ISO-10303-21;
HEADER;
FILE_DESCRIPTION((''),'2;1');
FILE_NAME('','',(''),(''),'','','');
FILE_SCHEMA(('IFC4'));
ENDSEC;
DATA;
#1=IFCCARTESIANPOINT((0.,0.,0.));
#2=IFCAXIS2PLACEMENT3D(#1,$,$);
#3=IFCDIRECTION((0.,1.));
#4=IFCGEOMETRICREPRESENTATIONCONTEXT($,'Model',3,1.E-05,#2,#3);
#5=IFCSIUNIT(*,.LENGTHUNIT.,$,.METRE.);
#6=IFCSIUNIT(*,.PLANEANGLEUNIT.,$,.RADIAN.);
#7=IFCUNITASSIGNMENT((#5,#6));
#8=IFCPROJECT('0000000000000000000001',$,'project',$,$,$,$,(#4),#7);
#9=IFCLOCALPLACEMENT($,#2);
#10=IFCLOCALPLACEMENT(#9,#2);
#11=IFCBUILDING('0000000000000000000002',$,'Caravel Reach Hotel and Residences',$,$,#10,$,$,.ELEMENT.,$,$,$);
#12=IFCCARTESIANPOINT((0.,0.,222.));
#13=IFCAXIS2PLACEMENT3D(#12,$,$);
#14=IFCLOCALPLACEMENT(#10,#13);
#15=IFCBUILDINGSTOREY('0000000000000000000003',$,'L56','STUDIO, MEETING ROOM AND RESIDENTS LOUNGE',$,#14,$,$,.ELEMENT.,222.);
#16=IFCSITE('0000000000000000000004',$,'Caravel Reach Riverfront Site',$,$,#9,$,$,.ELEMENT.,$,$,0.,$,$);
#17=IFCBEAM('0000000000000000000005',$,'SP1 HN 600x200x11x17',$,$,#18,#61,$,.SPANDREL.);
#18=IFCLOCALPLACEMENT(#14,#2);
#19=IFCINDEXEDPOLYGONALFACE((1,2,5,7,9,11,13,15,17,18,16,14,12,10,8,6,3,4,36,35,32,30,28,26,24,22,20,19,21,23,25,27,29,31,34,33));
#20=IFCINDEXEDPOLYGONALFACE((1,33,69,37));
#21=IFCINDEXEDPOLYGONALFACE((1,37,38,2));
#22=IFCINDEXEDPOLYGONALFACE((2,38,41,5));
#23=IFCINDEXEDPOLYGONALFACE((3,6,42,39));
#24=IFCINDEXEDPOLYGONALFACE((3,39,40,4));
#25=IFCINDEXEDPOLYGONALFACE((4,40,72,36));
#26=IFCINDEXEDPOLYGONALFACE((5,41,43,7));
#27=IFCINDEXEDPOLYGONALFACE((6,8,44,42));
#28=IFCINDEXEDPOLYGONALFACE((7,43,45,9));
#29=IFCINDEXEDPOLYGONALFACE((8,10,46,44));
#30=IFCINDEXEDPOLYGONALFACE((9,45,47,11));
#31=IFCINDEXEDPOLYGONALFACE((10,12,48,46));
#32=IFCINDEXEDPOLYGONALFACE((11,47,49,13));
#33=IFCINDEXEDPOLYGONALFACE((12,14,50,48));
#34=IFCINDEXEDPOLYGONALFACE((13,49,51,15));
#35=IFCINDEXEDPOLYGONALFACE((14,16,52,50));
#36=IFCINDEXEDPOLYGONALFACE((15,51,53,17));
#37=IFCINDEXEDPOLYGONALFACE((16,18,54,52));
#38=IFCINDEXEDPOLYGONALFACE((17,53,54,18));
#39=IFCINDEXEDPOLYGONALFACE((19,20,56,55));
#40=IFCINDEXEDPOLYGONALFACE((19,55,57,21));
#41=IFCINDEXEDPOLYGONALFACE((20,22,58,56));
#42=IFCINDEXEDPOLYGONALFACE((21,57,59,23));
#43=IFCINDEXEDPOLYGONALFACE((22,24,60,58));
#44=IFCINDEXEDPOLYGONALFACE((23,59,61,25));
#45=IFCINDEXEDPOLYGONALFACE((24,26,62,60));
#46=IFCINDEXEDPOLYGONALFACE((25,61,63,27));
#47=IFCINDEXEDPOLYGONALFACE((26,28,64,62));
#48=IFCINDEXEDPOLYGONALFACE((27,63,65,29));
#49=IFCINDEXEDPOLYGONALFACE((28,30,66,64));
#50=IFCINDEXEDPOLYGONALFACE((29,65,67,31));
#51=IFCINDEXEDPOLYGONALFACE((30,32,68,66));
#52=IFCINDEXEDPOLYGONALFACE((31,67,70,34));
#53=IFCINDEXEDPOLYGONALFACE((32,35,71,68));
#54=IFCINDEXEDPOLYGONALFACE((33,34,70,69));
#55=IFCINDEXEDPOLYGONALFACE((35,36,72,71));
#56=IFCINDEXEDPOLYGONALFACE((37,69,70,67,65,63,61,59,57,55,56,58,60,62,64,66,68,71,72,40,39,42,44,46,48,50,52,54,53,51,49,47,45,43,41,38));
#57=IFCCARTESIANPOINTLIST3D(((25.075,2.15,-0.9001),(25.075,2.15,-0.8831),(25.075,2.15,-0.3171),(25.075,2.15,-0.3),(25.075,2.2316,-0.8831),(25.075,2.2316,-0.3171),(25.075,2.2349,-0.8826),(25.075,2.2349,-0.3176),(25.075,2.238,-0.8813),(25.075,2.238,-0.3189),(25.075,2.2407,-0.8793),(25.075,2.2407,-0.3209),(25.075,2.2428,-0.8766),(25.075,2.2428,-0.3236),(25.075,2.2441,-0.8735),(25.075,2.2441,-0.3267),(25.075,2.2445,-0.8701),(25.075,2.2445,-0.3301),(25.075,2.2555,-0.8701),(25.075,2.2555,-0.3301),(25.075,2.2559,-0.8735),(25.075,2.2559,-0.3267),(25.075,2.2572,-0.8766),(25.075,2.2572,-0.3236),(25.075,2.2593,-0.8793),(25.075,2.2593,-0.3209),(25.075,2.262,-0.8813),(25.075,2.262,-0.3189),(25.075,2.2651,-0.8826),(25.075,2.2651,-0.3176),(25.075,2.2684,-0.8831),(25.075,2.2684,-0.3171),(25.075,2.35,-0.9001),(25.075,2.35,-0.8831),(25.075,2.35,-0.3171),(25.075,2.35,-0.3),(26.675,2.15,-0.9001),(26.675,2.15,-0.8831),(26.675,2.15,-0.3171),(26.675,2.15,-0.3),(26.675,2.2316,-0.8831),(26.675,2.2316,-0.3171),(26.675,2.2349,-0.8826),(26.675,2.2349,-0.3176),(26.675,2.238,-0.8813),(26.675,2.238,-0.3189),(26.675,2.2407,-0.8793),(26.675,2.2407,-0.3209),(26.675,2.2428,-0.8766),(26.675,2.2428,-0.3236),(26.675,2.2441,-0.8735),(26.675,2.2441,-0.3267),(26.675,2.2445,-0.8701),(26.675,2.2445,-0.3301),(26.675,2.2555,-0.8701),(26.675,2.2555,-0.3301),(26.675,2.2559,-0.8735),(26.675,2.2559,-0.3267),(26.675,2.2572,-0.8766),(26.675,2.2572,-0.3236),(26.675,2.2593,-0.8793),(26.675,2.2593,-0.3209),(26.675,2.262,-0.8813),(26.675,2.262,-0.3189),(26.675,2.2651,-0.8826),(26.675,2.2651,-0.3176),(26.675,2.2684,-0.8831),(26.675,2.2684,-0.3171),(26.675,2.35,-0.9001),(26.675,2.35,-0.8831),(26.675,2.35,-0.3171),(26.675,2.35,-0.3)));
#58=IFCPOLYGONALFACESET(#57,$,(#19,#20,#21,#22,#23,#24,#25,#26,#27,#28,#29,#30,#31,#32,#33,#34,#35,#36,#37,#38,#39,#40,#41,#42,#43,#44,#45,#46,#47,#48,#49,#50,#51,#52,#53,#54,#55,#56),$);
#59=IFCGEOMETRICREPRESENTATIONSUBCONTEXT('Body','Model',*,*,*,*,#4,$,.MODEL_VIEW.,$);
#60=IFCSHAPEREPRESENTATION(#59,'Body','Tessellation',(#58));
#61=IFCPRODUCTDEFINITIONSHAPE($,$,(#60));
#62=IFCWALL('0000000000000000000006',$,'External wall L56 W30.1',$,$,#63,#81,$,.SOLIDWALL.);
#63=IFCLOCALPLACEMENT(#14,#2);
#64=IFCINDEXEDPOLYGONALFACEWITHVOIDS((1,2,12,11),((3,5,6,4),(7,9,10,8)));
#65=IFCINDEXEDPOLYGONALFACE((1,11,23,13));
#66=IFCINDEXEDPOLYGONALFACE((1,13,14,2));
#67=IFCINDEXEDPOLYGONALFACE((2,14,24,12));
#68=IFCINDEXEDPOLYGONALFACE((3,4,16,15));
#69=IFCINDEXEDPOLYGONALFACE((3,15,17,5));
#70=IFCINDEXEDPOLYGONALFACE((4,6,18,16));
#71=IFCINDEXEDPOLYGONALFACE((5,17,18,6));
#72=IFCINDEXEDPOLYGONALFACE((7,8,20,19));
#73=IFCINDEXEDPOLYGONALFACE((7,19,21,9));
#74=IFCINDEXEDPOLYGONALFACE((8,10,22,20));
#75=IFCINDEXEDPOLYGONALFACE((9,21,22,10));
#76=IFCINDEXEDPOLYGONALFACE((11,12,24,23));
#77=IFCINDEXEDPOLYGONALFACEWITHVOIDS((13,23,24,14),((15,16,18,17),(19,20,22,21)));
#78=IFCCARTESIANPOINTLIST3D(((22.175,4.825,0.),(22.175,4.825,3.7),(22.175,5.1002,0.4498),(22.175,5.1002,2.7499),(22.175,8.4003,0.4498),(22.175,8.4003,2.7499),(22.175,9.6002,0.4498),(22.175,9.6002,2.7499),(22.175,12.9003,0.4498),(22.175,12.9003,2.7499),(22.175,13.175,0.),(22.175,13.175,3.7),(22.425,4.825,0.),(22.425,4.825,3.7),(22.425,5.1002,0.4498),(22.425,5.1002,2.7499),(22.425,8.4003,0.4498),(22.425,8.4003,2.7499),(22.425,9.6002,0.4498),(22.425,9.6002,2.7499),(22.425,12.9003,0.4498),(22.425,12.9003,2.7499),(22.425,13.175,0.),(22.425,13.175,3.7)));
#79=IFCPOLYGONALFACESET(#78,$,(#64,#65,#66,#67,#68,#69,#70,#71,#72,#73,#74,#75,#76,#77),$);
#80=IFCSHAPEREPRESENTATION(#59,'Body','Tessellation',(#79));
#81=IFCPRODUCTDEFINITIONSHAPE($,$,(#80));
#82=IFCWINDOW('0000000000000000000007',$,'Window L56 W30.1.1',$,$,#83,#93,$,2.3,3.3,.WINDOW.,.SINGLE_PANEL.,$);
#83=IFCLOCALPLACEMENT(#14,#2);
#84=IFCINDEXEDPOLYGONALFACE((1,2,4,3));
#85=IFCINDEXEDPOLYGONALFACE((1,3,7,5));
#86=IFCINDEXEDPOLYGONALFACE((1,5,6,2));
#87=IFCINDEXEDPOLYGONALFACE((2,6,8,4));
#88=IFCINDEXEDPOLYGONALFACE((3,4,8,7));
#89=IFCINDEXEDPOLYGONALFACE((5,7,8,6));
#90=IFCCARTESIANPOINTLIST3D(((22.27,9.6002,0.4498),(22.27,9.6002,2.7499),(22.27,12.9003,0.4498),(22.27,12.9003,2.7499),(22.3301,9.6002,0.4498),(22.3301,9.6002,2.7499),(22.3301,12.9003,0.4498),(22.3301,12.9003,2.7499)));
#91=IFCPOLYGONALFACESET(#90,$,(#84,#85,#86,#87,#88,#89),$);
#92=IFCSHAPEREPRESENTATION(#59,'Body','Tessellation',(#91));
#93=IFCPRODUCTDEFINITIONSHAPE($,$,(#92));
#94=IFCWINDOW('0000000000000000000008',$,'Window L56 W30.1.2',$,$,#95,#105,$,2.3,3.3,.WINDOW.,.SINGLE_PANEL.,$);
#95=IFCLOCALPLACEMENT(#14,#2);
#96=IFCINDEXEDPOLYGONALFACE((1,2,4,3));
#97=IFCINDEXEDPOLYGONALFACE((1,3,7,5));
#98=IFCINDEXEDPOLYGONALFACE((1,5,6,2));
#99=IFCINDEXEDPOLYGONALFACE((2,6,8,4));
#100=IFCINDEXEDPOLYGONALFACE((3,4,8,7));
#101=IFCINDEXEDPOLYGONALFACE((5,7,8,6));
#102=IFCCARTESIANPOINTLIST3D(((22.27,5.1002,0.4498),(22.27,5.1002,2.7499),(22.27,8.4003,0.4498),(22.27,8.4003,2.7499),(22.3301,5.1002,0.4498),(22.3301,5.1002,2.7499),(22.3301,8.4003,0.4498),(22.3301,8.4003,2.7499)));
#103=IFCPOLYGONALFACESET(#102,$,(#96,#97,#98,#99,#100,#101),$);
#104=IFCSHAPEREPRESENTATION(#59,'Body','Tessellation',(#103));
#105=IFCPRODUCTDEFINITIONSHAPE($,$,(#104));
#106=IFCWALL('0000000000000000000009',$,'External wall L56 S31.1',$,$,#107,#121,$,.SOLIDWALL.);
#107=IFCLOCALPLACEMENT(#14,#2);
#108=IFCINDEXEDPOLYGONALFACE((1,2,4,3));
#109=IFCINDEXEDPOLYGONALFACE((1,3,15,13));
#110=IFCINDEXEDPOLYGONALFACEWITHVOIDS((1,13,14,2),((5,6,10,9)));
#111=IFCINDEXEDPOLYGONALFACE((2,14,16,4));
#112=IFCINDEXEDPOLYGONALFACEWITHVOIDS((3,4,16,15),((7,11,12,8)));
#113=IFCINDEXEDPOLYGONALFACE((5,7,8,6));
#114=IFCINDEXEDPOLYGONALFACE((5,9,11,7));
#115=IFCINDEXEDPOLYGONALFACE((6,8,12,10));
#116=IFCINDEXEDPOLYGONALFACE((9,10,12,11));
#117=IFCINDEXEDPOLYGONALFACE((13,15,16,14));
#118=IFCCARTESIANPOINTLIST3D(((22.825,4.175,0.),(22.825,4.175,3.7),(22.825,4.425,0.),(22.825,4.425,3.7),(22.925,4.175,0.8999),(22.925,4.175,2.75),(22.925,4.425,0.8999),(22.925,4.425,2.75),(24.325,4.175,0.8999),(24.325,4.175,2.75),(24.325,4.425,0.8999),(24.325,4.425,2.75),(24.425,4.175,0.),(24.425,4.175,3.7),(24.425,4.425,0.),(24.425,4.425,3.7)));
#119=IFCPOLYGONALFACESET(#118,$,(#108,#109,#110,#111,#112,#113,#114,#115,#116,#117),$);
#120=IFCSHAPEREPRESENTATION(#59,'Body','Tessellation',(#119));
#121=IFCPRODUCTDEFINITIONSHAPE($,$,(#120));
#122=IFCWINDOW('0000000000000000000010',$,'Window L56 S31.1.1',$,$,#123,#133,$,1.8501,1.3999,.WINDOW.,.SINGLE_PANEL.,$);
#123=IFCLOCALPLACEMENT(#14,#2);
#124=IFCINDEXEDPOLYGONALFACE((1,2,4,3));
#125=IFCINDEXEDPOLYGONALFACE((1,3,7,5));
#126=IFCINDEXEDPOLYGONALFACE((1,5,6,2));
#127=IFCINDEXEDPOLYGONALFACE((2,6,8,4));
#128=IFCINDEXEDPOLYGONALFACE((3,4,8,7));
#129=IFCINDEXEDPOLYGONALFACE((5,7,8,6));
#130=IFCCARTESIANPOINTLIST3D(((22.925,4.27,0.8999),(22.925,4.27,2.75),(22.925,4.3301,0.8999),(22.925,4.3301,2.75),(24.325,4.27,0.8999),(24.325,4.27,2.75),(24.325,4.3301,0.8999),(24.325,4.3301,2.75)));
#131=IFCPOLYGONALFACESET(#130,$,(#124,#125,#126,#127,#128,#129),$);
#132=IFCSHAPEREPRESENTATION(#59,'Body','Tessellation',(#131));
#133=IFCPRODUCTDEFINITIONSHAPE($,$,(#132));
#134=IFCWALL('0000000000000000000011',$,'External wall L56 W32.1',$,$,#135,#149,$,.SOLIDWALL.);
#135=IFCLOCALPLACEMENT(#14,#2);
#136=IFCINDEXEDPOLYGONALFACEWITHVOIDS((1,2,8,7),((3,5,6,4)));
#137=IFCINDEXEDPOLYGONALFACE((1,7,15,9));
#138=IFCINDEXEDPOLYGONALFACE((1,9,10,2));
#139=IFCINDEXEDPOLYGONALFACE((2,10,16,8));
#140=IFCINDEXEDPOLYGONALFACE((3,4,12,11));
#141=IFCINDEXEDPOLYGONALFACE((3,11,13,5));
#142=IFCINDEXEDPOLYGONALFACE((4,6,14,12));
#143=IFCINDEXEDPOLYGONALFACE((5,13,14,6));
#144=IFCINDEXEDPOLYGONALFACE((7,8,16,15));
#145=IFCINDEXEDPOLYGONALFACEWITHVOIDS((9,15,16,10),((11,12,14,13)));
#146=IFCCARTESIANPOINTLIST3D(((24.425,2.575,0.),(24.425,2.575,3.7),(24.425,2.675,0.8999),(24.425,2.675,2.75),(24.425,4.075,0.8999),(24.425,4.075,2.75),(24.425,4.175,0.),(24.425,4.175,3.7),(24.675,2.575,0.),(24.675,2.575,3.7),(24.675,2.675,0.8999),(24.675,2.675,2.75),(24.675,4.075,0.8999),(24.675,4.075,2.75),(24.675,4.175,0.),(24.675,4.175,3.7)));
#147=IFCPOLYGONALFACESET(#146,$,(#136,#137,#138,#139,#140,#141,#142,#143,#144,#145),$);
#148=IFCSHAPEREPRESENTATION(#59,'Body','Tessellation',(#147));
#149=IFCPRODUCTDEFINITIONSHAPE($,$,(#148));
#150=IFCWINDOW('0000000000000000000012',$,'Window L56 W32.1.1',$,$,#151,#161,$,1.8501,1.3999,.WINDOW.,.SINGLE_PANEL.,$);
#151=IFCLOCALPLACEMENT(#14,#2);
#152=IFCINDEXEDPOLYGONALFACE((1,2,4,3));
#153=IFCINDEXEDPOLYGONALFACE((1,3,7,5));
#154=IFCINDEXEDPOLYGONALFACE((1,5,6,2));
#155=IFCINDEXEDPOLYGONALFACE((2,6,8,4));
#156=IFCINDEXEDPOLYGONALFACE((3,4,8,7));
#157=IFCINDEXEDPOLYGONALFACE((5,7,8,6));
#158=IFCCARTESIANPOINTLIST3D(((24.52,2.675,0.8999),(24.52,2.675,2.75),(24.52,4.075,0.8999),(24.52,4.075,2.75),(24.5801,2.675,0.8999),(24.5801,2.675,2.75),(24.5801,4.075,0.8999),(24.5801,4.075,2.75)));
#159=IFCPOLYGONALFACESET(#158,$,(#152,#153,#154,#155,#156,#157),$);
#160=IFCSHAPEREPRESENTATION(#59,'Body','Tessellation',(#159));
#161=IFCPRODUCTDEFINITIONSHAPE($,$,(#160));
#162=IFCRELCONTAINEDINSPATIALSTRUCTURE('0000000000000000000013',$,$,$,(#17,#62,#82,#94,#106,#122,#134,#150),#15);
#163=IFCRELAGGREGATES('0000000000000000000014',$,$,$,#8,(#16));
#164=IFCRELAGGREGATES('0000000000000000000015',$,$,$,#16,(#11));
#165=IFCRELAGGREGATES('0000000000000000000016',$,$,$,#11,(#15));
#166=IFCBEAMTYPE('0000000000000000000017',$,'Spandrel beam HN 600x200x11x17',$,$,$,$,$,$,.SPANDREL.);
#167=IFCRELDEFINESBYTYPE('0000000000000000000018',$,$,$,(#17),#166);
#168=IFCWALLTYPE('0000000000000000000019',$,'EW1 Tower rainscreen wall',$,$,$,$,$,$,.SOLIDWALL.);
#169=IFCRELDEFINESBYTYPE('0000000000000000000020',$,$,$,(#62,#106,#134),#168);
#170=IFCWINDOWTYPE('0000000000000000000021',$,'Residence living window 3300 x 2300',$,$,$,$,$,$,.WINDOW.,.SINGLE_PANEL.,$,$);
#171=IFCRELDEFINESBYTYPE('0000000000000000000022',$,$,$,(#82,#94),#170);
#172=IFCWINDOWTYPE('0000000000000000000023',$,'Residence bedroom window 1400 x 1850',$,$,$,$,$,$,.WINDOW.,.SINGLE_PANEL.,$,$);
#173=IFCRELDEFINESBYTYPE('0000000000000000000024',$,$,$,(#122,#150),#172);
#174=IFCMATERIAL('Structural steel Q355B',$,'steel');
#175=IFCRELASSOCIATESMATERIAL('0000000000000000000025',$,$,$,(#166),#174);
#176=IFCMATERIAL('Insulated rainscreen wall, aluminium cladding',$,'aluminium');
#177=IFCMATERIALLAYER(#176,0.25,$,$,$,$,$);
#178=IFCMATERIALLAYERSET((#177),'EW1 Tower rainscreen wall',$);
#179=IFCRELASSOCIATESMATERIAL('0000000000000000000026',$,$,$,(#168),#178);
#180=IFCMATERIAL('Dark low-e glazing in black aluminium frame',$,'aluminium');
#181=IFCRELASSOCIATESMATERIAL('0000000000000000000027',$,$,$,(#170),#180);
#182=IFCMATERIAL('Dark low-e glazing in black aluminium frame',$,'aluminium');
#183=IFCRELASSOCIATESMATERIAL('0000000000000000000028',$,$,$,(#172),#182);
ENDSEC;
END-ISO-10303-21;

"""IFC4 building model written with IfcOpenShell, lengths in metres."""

from ifc_helpers import new_model, si_unit, direction, frame, frame_2d, origin, origin_2d, place, context, subcontext, project, spatial, rectangle, i_section, extrude, material, layer, layer_set, material_profile, profile_set, type_object, element, fill, save


model = new_model("IFC4")

# Units and contexts
model_context = context("Model", 3, precision=1e-05, world=origin(), true_north=direction((0.0, 1.0)))
body_context = subcontext(model_context, "Body", "Model", "MODEL_VIEW")
ifc_project = project(units=[si_unit("LENGTHUNIT", "METRE"), si_unit("PLANEANGLEUNIT", "RADIAN")], contexts=[model_context])

# Site, building, storey
site_placement = place(None, origin())
site = spatial("IfcSite", under=ifc_project, at=site_placement, Name="Caravel Reach Riverfront Site", CompositionType="ELEMENT", RefElevation=0.0)
building_placement = place(site_placement, origin())
building = spatial("IfcBuilding", under=site, at=building_placement, Name="Caravel Reach Hotel and Residences", CompositionType="ELEMENT")
storey_placement = place(building_placement, frame((0.0, 0.0, 222.0)))
storey = spatial("IfcBuildingStorey", under=building, at=storey_placement, Name="L56", Description="STUDIO, MEETING ROOM AND RESIDENTS LOUNGE", CompositionType="ELEMENT", Elevation=222.0)

# Beam
ifc_material_1 = material(Name="Structural steel Q355B", Category="steel")
ifc_material_profile_1 = material_profile(ifc_material_1, i_section(OverallWidth=0.2, OverallDepth=0.6001, WebThickness=0.011, FlangeThickness=0.0171, FilletRadius=0.0129, at=origin_2d()), Name="HN 600x200x11x17")
ifc_profile_set_1 = profile_set([ifc_material_profile_1], Name="Structural steel Q355B")
beam_type = type_object("IfcBeamType", Name="Spandrel beam HN 600x200x11x17", PredefinedType="SPANDREL", material=ifc_profile_set_1)
for number, where, z_axis, x_axis, name in (
    (1, (25.075, 2.25, -0.6001), (1.0, 0.0, 0.0), (0.0, 1.0, 0.0), "SP1 HN 600x200x11x17"),
):
    element("IfcBeam", number, at=place(storey_placement, frame(where, z_axis=z_axis, x_axis=x_axis)), inside=storey, type_object=beam_type, Name=name, PredefinedType="SPANDREL", context=body_context, shape_type="SweptSolid", body=[
        extrude(i_section(OverallWidth=0.2, OverallDepth=0.6001, WebThickness=0.011, FlangeThickness=0.0171, FilletRadius=0.0129, at=origin_2d()), origin(), (0.0, 0.0, 1.0), 1.6001),
    ])

# Wall, openings, windows
ifc_material_2 = material(Name="Insulated rainscreen wall, aluminium cladding", Category="aluminium")
ifc_layer_1 = layer(ifc_material_2, 0.25)
ifc_layer_set_1 = layer_set([ifc_layer_1], Name="EW1 Tower rainscreen wall")
wall_type_1 = type_object("IfcWallType", Name="EW1 Tower rainscreen wall", PredefinedType="SOLIDWALL", material=ifc_layer_set_1)
wall_1_placement = place(storey_placement, frame((22.3, 13.175, 0.0), z_axis=(0.0, 0.0, 1.0), x_axis=(0.0, -1.0, 0.0)))
wall_1 = element("IfcWall", 2, at=wall_1_placement, inside=storey, type_object=wall_type_1, Name="External wall L56 W30.1", PredefinedType="SOLIDWALL", context=body_context, shape_type="SweptSolid", body=[
    extrude(rectangle(XDim=8.3501, YDim=0.25, at=frame_2d((4.175, 0.0))), origin(), (0.0, 0.0, 1.0), 3.7),
])
opening_1_placement = place(wall_1_placement, frame((0.2749, 0.0, 0.45)))
opening_1 = element("IfcOpeningElement", 3, at=opening_1_placement, cuts=wall_1, PredefinedType="OPENING", context=body_context, shape_type="SweptSolid", body=[
    extrude(rectangle(XDim=3.3, YDim=2.3, at=frame_2d((1.6499, 1.1499))), frame((0.0, 0.135, 0.0), z_axis=(0.0, -1.0, 0.0), x_axis=(1.0, 0.0, 0.0)), (0.0, 0.0, 1.0), 0.27),
])
opening_2_placement = place(wall_1_placement, frame((4.7749, 0.0, 0.45)))
opening_2 = element("IfcOpeningElement", 4, at=opening_2_placement, cuts=wall_1, PredefinedType="OPENING", context=body_context, shape_type="SweptSolid", body=[
    extrude(rectangle(XDim=3.3, YDim=2.3, at=frame_2d((1.6499, 1.1499))), frame((0.0, 0.135, 0.0), z_axis=(0.0, -1.0, 0.0), x_axis=(1.0, 0.0, 0.0)), (0.0, 0.0, 1.0), 0.27),
])
ifc_material_3 = material(Name="Dark low-e glazing in black aluminium frame", Category="aluminium")
window_type_1 = type_object("IfcWindowType", Name="Residence living window 3300 x 2300", PartitioningType="SINGLE_PANEL", PredefinedType="WINDOW", material=ifc_material_3)
window_1_placement = place(opening_1_placement, origin())
window_1 = element("IfcWindow", 5, at=window_1_placement, inside=storey, type_object=window_type_1, Name="Window L56 W30.1.1", OverallHeight=2.3, OverallWidth=3.3, PartitioningType="SINGLE_PANEL", PredefinedType="WINDOW", context=body_context, shape_type="SweptSolid", body=[
    extrude(rectangle(XDim=3.3, YDim=2.3, at=frame_2d((1.6499, 1.1499))), frame((0.0, 0.03, 0.0), z_axis=(0.0, -1.0, 0.0), x_axis=(1.0, 0.0, 0.0)), (0.0, 0.0, 1.0), 0.0601),
])
fill(opening_1, window_1)
window_2_placement = place(opening_2_placement, origin())
window_2 = element("IfcWindow", 6, at=window_2_placement, inside=storey, type_object=window_type_1, Name="Window L56 W30.1.2", OverallHeight=2.3, OverallWidth=3.3, PartitioningType="SINGLE_PANEL", PredefinedType="WINDOW", context=body_context, shape_type="SweptSolid", body=[
    extrude(rectangle(XDim=3.3, YDim=2.3, at=frame_2d((1.6499, 1.1499))), frame((0.0, 0.03, 0.0), z_axis=(0.0, -1.0, 0.0), x_axis=(1.0, 0.0, 0.0)), (0.0, 0.0, 1.0), 0.0601),
])
fill(opening_2, window_2)

# Walls, openings, windows
wall_2_placement = place(storey_placement, frame((22.825, 4.3, 0.0), z_axis=(0.0, 0.0, 1.0), x_axis=(1.0, 0.0, 0.0)))
wall_2 = element("IfcWall", 7, at=wall_2_placement, inside=storey, type_object=wall_type_1, Name="External wall L56 S31.1", PredefinedType="SOLIDWALL", context=body_context, shape_type="SweptSolid", body=[
    extrude(rectangle(XDim=1.6001, YDim=0.25, at=frame_2d((0.8, 0.0))), origin(), (0.0, 0.0, 1.0), 3.7),
])
opening_3_placement = place(wall_2_placement, frame((0.1001, 0.0, 0.8999)))
opening_3 = element("IfcOpeningElement", 8, at=opening_3_placement, cuts=wall_2, PredefinedType="OPENING", context=body_context, shape_type="SweptSolid", body=[
    extrude(rectangle(XDim=1.3999, YDim=1.8501, at=frame_2d((0.7, 0.925))), frame((0.0, 0.135, 0.0), z_axis=(0.0, -1.0, 0.0), x_axis=(1.0, 0.0, 0.0)), (0.0, 0.0, 1.0), 0.27),
])
ifc_material_4 = material(Name="Dark low-e glazing in black aluminium frame", Category="aluminium")
window_type_2 = type_object("IfcWindowType", Name="Residence bedroom window 1400 x 1850", PartitioningType="SINGLE_PANEL", PredefinedType="WINDOW", material=ifc_material_4)
window_3_placement = place(opening_3_placement, origin())
window_3 = element("IfcWindow", 9, at=window_3_placement, inside=storey, type_object=window_type_2, Name="Window L56 S31.1.1", OverallHeight=1.8501, OverallWidth=1.3999, PartitioningType="SINGLE_PANEL", PredefinedType="WINDOW", context=body_context, shape_type="SweptSolid", body=[
    extrude(rectangle(XDim=1.3999, YDim=1.8501, at=frame_2d((0.7, 0.925))), frame((0.0, 0.03, 0.0), z_axis=(0.0, -1.0, 0.0), x_axis=(1.0, 0.0, 0.0)), (0.0, 0.0, 1.0), 0.0601),
])
fill(opening_3, window_3)
wall_3_placement = place(storey_placement, frame((24.55, 4.175, 0.0), z_axis=(0.0, 0.0, 1.0), x_axis=(0.0, -1.0, 0.0)))
wall_3 = element("IfcWall", 10, at=wall_3_placement, inside=storey, type_object=wall_type_1, Name="External wall L56 W32.1", PredefinedType="SOLIDWALL", context=body_context, shape_type="SweptSolid", body=[
    extrude(rectangle(XDim=1.6001, YDim=0.25, at=frame_2d((0.8, 0.0))), origin(), (0.0, 0.0, 1.0), 3.7),
])
opening_4_placement = place(wall_3_placement, frame((0.1001, 0.0, 0.8999)))
opening_4 = element("IfcOpeningElement", 11, at=opening_4_placement, cuts=wall_3, PredefinedType="OPENING", context=body_context, shape_type="SweptSolid", body=[
    extrude(rectangle(XDim=1.3999, YDim=1.8501, at=frame_2d((0.7, 0.925))), frame((0.0, 0.135, 0.0), z_axis=(0.0, -1.0, 0.0), x_axis=(1.0, 0.0, 0.0)), (0.0, 0.0, 1.0), 0.27),
])
window_4_placement = place(opening_4_placement, origin())
window_4 = element("IfcWindow", 12, at=window_4_placement, inside=storey, type_object=window_type_2, Name="Window L56 W32.1.1", OverallHeight=1.8501, OverallWidth=1.3999, PartitioningType="SINGLE_PANEL", PredefinedType="WINDOW", context=body_context, shape_type="SweptSolid", body=[
    extrude(rectangle(XDim=1.3999, YDim=1.8501, at=frame_2d((0.7, 0.925))), frame((0.0, 0.03, 0.0), z_axis=(0.0, -1.0, 0.0), x_axis=(1.0, 0.0, 0.0)), (0.0, 0.0, 1.0), 0.0601),
])
fill(opening_4, window_4)

save(model, "model.ifc")
